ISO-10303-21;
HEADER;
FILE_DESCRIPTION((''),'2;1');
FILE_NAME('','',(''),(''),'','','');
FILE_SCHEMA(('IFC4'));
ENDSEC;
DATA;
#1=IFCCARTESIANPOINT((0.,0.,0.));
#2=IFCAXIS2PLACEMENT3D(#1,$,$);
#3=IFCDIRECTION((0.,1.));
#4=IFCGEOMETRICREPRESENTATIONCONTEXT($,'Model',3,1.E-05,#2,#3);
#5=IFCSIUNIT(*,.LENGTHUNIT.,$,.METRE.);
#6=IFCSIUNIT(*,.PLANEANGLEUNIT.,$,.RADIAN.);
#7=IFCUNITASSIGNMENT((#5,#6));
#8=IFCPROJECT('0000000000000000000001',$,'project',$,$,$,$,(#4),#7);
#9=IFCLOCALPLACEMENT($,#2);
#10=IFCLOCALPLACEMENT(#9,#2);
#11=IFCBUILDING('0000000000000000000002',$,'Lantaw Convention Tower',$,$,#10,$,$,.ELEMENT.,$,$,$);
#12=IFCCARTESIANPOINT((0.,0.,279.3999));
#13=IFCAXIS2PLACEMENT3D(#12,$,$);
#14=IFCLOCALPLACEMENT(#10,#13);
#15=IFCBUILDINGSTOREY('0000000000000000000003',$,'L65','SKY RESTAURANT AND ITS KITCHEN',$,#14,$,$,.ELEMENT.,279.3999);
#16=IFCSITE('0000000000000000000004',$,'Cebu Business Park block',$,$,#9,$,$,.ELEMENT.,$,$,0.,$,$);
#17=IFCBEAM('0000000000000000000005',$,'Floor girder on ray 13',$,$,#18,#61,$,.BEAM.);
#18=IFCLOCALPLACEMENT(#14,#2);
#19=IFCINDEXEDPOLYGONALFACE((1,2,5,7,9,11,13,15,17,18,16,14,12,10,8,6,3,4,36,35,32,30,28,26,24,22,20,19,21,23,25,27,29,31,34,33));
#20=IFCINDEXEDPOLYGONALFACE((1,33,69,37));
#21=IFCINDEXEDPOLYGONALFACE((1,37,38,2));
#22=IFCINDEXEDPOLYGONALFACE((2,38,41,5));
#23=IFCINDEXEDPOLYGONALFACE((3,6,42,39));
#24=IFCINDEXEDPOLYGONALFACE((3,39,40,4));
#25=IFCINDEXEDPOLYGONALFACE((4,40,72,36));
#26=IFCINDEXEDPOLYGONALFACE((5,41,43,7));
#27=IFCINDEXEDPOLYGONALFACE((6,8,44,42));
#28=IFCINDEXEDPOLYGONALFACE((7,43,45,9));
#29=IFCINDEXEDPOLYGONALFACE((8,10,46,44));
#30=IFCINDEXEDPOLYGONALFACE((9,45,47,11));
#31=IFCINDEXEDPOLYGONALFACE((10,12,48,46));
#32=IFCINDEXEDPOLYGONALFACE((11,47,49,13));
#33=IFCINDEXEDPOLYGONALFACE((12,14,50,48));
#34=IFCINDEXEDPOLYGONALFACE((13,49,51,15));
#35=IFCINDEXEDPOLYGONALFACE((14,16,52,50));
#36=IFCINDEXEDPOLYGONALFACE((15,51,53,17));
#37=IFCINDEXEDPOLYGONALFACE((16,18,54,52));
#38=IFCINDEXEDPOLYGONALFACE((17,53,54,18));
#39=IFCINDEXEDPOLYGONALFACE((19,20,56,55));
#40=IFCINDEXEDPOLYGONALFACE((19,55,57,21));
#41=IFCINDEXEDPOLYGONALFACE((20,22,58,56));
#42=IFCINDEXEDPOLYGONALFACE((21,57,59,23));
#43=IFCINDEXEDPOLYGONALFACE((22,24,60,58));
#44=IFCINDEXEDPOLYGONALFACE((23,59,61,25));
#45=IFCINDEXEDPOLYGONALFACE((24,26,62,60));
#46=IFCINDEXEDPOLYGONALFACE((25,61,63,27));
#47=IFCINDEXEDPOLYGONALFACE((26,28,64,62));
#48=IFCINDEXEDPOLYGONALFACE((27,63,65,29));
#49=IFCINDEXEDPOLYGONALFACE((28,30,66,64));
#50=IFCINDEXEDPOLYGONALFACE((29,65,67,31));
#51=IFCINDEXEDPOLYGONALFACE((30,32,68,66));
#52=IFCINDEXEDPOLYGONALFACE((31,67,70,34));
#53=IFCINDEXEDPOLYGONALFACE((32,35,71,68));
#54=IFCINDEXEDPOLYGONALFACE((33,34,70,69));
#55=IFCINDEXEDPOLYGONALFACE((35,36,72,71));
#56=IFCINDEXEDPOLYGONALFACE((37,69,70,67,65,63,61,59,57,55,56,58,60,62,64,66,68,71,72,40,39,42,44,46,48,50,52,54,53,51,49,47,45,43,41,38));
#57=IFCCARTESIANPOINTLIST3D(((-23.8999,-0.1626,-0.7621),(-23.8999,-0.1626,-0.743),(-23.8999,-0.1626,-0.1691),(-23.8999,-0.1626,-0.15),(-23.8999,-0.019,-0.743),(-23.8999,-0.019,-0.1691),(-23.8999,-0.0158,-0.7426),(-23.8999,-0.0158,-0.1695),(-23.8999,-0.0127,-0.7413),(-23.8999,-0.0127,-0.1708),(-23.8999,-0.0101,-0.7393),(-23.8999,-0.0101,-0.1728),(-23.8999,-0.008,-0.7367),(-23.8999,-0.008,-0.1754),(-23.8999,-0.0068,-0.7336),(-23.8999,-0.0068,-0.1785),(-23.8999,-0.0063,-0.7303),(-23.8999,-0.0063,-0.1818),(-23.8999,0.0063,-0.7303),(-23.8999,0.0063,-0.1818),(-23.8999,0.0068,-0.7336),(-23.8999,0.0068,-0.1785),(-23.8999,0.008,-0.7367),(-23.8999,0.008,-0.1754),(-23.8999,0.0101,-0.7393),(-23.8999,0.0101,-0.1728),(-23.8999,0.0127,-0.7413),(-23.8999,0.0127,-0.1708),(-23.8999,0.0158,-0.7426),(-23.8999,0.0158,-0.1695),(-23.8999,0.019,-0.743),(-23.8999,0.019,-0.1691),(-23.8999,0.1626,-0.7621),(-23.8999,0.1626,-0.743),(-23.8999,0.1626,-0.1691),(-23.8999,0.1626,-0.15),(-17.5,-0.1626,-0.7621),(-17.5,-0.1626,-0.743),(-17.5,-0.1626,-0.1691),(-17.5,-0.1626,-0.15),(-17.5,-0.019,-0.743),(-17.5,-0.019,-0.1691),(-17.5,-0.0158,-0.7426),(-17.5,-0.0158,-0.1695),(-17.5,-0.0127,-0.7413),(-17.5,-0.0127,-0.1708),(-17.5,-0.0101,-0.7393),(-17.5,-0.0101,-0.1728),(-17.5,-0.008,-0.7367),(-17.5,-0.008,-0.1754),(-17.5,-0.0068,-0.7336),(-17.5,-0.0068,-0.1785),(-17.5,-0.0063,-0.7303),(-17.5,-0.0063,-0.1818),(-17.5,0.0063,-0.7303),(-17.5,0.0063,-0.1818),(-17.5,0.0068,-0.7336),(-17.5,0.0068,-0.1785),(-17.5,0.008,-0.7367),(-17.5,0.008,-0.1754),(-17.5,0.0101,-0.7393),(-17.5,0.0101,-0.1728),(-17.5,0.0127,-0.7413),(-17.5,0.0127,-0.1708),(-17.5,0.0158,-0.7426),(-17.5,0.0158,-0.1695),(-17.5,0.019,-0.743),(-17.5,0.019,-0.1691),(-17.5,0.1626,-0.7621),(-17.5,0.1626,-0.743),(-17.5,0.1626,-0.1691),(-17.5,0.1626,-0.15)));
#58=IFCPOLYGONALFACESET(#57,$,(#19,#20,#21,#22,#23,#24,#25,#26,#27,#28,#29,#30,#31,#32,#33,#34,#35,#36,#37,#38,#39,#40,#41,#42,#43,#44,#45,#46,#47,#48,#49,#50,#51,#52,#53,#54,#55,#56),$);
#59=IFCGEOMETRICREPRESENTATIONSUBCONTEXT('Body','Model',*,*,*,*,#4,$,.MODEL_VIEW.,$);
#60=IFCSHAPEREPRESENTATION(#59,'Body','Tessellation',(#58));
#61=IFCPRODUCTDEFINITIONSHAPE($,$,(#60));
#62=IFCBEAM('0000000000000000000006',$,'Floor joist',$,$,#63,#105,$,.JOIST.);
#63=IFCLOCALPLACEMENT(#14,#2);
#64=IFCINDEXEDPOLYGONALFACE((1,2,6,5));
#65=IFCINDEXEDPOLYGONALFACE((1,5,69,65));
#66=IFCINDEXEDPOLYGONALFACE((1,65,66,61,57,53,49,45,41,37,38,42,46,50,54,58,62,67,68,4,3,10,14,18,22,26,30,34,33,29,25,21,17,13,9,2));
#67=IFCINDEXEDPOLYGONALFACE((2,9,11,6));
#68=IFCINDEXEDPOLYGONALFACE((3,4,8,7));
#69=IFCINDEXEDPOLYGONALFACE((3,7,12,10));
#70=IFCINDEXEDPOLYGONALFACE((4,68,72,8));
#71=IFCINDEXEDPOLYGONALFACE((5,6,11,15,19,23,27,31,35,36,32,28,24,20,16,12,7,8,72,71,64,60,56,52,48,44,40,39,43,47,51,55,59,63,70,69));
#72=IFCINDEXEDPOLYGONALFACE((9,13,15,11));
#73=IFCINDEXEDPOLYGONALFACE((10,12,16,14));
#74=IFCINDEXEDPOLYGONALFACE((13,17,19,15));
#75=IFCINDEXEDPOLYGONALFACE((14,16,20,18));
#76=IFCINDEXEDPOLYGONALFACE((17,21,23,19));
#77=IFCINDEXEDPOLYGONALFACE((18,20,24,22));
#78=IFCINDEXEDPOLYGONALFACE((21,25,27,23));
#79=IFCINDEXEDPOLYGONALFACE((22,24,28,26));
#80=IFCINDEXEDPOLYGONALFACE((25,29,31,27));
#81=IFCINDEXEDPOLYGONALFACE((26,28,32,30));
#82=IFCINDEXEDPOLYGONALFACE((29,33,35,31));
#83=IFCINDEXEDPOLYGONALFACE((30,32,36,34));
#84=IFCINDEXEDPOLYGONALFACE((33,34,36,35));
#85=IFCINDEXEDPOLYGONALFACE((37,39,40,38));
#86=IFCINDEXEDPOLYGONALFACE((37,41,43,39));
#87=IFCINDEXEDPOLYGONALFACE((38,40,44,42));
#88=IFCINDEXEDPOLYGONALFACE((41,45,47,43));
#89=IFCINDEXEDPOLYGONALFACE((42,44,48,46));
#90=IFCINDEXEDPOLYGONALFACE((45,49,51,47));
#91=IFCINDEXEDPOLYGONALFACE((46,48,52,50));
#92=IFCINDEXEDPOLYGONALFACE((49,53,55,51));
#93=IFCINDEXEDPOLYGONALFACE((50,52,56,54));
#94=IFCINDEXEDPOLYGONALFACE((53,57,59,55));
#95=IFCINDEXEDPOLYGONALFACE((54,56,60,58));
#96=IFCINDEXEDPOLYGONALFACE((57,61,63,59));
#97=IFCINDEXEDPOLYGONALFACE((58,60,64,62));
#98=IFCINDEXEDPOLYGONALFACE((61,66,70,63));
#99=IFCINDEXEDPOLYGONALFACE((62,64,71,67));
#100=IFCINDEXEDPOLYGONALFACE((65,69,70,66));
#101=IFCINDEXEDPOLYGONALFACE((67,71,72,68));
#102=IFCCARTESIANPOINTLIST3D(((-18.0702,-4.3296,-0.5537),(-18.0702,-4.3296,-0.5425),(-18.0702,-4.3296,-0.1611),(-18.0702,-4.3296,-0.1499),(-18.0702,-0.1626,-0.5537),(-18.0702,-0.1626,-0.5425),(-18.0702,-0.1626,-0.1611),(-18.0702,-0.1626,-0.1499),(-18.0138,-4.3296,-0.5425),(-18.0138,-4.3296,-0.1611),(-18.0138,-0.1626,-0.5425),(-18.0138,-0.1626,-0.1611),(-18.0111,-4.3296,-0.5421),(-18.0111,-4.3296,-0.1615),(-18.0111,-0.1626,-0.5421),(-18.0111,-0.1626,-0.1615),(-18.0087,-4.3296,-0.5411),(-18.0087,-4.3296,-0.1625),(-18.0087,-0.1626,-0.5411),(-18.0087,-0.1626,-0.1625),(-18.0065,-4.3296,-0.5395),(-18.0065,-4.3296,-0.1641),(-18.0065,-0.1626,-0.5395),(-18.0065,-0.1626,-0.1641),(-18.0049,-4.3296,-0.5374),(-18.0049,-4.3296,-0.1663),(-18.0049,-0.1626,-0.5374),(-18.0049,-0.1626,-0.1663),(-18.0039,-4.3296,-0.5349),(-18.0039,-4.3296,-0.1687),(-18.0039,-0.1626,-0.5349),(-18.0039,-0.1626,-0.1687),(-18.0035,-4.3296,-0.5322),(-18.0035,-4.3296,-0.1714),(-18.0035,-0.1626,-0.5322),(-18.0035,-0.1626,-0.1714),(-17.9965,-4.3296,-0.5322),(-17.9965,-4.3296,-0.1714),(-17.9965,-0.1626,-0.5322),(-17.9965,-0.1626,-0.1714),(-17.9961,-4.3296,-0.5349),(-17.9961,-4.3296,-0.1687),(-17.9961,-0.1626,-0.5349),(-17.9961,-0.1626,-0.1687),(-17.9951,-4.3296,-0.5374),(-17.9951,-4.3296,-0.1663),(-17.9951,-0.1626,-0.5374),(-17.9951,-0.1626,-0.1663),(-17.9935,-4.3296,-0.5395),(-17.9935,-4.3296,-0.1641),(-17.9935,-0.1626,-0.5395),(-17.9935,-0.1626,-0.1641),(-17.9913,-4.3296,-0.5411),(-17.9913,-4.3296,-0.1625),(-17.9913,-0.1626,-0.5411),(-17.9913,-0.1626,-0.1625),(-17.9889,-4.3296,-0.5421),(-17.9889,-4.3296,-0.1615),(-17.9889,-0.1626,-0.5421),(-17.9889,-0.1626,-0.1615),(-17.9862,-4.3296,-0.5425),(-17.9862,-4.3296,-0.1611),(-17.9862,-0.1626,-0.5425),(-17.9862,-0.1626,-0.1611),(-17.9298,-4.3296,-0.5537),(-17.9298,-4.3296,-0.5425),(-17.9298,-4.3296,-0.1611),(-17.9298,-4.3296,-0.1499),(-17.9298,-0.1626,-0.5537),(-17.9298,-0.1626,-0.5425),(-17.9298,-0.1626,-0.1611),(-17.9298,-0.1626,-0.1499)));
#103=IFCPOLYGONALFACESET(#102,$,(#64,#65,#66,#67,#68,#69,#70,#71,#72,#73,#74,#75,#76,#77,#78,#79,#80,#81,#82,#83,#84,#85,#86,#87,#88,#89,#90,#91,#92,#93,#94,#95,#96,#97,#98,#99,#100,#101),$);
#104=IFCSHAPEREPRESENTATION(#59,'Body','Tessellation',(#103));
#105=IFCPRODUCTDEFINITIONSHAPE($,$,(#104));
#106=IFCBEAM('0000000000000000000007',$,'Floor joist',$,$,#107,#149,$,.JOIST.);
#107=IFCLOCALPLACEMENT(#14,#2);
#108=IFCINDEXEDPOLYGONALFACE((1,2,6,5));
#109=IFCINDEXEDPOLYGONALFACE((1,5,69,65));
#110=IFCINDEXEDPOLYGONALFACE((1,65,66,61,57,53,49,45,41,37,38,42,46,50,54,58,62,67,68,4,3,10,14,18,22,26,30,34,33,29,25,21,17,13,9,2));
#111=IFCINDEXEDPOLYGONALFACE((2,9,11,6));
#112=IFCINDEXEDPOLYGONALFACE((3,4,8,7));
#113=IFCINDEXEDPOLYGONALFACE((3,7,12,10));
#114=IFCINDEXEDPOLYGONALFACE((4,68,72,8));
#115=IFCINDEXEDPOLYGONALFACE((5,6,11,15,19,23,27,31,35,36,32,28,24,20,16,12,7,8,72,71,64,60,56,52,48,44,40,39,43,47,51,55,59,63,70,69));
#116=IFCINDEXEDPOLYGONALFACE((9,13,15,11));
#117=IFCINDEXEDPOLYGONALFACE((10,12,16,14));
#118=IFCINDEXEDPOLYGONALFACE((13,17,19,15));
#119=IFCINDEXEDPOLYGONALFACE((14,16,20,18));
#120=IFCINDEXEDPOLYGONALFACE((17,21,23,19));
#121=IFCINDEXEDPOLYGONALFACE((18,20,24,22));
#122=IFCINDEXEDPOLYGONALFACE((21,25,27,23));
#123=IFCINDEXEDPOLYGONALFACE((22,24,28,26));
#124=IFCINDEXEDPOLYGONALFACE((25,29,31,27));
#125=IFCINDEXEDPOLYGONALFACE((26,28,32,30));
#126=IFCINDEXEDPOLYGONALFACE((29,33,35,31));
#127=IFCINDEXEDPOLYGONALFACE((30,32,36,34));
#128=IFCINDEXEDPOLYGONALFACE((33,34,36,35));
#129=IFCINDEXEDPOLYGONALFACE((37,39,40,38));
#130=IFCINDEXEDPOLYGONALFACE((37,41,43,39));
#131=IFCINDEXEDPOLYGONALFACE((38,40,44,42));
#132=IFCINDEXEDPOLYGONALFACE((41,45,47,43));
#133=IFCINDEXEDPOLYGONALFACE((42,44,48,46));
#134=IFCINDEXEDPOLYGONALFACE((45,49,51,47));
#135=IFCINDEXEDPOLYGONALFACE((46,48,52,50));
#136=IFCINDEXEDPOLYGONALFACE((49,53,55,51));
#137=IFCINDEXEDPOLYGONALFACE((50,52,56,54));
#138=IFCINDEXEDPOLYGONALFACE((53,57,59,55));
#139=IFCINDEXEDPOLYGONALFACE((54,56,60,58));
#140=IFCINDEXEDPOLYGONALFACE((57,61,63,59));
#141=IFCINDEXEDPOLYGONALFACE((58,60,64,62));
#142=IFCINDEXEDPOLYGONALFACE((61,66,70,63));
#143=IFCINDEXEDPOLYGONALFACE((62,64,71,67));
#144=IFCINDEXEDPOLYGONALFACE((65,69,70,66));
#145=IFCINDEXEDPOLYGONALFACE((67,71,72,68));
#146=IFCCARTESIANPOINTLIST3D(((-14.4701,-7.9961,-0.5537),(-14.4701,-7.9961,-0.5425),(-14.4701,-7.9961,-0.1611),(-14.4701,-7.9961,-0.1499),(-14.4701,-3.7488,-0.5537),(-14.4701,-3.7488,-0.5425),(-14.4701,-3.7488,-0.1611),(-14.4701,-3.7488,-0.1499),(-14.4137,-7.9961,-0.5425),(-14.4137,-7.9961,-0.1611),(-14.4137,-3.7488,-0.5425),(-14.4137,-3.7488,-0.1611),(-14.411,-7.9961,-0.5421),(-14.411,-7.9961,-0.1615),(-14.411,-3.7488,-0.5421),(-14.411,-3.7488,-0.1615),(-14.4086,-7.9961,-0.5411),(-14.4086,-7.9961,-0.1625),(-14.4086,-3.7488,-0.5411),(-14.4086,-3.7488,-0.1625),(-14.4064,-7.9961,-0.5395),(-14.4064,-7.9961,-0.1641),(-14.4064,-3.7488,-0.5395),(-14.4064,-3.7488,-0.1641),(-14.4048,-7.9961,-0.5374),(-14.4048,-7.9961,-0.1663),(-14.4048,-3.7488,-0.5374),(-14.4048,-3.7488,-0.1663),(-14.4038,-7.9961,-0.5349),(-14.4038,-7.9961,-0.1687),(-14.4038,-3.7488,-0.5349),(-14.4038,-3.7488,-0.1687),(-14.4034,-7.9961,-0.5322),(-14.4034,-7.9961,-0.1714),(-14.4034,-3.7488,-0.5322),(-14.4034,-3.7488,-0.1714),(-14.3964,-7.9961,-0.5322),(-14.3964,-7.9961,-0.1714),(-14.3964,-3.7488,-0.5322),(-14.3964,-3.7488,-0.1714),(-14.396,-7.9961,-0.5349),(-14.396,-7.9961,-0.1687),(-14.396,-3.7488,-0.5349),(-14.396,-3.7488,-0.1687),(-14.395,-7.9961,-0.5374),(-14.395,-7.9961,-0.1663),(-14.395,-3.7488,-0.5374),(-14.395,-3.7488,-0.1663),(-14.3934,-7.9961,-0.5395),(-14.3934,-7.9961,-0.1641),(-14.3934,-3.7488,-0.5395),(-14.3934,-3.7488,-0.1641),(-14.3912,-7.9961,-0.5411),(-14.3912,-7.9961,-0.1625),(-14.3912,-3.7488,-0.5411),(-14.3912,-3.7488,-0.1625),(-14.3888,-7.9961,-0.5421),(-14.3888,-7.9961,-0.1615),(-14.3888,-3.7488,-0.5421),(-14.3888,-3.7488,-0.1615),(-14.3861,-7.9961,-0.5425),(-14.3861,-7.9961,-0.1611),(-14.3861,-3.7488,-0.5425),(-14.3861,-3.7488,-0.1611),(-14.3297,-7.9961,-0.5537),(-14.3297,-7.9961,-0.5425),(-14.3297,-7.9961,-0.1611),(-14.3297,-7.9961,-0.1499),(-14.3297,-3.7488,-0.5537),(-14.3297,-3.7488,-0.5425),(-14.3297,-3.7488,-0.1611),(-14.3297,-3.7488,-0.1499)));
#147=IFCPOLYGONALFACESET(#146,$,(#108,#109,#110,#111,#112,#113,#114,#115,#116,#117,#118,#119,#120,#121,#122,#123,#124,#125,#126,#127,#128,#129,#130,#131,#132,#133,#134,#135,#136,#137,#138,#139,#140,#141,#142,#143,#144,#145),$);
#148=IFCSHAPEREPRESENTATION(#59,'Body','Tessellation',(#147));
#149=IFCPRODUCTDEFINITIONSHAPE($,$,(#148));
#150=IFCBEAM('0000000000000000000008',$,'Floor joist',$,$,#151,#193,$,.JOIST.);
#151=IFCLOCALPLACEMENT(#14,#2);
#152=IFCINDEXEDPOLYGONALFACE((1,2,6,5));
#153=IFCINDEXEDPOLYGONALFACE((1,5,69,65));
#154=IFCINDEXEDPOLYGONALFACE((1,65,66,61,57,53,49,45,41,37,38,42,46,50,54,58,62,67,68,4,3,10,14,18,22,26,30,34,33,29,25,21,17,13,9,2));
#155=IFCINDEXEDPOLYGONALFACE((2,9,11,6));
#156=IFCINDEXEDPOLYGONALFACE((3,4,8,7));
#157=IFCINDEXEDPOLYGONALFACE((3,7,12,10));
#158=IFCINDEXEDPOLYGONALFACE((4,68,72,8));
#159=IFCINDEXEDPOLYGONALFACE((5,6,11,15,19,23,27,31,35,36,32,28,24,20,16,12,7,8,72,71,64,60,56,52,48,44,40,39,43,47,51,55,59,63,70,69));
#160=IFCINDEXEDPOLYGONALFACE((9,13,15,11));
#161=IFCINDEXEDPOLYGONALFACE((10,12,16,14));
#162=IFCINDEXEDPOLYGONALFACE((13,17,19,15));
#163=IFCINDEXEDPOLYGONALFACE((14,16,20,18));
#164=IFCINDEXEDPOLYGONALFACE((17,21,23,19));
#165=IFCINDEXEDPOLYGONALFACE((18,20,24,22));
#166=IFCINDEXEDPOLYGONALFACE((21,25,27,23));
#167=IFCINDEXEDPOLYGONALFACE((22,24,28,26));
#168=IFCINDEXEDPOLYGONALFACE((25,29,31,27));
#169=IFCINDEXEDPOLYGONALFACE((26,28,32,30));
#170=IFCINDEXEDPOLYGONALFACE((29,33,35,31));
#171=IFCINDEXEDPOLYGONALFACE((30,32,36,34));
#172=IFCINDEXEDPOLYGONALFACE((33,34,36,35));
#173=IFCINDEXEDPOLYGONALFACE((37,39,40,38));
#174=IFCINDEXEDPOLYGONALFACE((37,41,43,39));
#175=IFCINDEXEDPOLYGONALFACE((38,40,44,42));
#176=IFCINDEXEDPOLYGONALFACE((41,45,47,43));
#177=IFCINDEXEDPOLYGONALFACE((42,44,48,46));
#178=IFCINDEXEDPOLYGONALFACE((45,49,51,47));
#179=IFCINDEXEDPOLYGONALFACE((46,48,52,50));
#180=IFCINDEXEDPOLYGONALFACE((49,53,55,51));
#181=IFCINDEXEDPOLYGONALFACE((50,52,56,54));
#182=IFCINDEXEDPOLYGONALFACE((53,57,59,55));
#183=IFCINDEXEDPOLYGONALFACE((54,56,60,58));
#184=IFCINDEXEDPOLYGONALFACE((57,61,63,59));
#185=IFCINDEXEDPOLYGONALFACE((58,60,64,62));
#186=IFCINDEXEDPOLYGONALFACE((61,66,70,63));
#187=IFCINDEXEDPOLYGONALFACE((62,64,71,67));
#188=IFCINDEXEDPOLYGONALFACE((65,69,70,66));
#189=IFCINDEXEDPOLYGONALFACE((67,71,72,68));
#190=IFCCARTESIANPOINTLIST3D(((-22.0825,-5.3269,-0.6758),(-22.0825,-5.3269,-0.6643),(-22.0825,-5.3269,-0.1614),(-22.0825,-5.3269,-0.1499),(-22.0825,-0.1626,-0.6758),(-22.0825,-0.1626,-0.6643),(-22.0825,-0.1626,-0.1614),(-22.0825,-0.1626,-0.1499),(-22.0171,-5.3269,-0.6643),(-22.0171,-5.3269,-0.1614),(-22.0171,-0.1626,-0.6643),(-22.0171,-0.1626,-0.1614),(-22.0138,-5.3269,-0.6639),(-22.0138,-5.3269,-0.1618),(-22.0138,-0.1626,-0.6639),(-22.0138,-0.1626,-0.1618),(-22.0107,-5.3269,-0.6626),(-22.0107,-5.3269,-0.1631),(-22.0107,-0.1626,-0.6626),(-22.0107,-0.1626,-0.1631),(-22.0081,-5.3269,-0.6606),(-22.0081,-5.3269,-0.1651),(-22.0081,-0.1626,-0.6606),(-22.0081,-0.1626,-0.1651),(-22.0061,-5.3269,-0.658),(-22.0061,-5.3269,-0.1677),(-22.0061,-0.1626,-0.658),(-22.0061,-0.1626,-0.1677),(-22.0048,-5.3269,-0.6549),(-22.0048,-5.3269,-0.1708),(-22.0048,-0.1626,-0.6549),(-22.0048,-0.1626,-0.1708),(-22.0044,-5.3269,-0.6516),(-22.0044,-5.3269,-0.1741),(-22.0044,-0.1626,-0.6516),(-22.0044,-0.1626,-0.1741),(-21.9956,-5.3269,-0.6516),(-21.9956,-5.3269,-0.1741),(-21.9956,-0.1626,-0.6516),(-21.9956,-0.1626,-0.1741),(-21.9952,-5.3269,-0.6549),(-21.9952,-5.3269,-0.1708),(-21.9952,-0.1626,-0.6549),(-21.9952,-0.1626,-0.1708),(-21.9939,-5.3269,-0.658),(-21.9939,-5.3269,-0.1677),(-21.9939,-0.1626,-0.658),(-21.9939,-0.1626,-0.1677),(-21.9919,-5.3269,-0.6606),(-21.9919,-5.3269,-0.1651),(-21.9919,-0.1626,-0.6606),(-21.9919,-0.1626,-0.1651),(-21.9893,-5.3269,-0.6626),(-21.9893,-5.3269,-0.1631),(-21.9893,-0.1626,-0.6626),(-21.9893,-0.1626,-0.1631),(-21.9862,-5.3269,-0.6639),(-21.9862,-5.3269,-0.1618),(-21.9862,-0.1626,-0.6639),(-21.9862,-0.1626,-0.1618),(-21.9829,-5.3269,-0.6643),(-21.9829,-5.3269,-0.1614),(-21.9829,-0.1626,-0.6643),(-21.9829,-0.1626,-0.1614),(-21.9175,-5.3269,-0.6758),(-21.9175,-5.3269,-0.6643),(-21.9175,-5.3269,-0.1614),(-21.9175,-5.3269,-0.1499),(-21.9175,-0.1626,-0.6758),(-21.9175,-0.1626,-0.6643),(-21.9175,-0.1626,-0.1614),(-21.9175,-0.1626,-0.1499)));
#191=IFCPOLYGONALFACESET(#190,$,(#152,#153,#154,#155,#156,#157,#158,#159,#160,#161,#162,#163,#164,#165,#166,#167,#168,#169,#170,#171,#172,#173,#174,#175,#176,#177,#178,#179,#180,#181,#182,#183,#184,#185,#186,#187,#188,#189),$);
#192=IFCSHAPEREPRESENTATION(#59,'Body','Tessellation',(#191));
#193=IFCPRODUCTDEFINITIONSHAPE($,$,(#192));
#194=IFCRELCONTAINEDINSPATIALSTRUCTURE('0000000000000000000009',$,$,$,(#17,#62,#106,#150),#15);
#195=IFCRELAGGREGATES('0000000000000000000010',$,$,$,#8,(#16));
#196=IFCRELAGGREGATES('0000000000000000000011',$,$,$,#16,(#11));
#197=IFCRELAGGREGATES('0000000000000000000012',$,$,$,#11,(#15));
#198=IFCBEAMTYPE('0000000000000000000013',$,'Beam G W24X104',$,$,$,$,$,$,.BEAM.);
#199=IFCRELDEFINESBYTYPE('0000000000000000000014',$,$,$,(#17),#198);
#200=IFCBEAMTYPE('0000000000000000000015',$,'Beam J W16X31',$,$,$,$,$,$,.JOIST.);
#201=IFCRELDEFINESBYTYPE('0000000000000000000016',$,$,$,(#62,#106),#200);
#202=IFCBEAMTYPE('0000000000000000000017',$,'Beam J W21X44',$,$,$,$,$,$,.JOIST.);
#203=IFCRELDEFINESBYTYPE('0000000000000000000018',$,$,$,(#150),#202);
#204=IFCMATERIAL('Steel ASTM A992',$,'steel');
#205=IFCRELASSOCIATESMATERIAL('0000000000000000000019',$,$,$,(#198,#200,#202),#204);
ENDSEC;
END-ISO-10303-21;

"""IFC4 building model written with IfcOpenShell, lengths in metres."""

from ifc_helpers import new_model, si_unit, direction, frame, origin, origin_2d, place, context, subcontext, project, spatial, i_section, extrude, material, material_profile, profile_set, type_object, element, save


model = new_model("IFC4")

# Units and contexts
model_context = context("Model", 3, precision=1e-05, world=origin(), true_north=direction((0.0, 1.0)))
body_context = subcontext(model_context, "Body", "Model", "MODEL_VIEW")
ifc_project = project(units=[si_unit("LENGTHUNIT", "METRE"), si_unit("PLANEANGLEUNIT", "RADIAN")], contexts=[model_context])

# Site, building, storey
site_placement = place(None, origin())
site = spatial("IfcSite", under=ifc_project, at=site_placement, Name="Cebu Business Park block", CompositionType="ELEMENT", RefElevation=0.0)
building_placement = place(site_placement, origin())
building = spatial("IfcBuilding", under=site, at=building_placement, Name="Lantaw Convention Tower", CompositionType="ELEMENT")
storey_placement = place(building_placement, frame((0.0, 0.0, 279.3999)))
storey = spatial("IfcBuildingStorey", under=building, at=storey_placement, Name="L65", Description="SKY RESTAURANT AND ITS KITCHEN", CompositionType="ELEMENT", Elevation=279.3999)

# Beams
ifc_material_1 = material(Name="Steel ASTM A992", Category="steel")
ifc_material_profile_1 = material_profile(ifc_material_1, i_section(OverallWidth=0.3252, OverallDepth=0.6121, WebThickness=0.0127, FlangeThickness=0.019, FilletRadius=0.0127, at=origin_2d()), Name="W24X104")
ifc_profile_set_1 = profile_set([ifc_material_profile_1], Name="Steel ASTM A992")
beam_type_1 = type_object("IfcBeamType", Name="Beam G W24X104", PredefinedType="BEAM", material=ifc_profile_set_1)
beam_1_placement = place(storey_placement, frame((-17.5, 0.0, -0.4561), z_axis=(-1.0, 0.0, 0.0), x_axis=(0.0, -1.0, 0.0)))
element("IfcBeam", 1, at=beam_1_placement, inside=storey, type_object=beam_type_1, Name="Floor girder on ray 13", PredefinedType="BEAM", context=body_context, shape_type="SweptSolid", body=[
    extrude(i_section(OverallWidth=0.3252, OverallDepth=0.6121, WebThickness=0.0127, FlangeThickness=0.019, FilletRadius=0.0127, at=origin_2d()), origin(), (0.0, 0.0, 1.0), 6.3999),
])
ifc_material_profile_2 = material_profile(ifc_material_1, i_section(OverallWidth=0.1404, OverallDepth=0.4038, WebThickness=0.0071, FlangeThickness=0.0112, FilletRadius=0.0103, at=origin_2d()), Name="W16X31")
ifc_profile_set_2 = profile_set([ifc_material_profile_2], Name="Steel ASTM A992")
beam_type_2 = type_object("IfcBeamType", Name="Beam J W16X31", PredefinedType="JOIST", material=ifc_profile_set_2)
beam_2_placement = place(storey_placement, frame((-18.0, -4.3296, -0.3518), z_axis=(0.0, 1.0, 0.0), x_axis=(-1.0, 0.0, 0.0)))
element("IfcBeam", 2, at=beam_2_placement, inside=storey, type_object=beam_type_2, Name="Floor joist", PredefinedType="JOIST", context=body_context, shape_type="SweptSolid", body=[
    extrude(i_section(OverallWidth=0.1404, OverallDepth=0.4038, WebThickness=0.0071, FlangeThickness=0.0112, FilletRadius=0.0103, at=origin_2d()), origin(), (0.0, 0.0, 1.0), 4.167),
])
beam_3_placement = place(storey_placement, frame((-14.3999, -7.9961, -0.3518), z_axis=(0.0, 1.0, 0.0), x_axis=(-1.0, 0.0, 0.0)))
element("IfcBeam", 3, at=beam_3_placement, inside=storey, type_object=beam_type_2, Name="Floor joist", PredefinedType="JOIST", context=body_context, shape_type="SweptSolid", body=[
    extrude(i_section(OverallWidth=0.1404, OverallDepth=0.4038, WebThickness=0.0071, FlangeThickness=0.0112, FilletRadius=0.0103, at=origin_2d()), origin(), (0.0, 0.0, 1.0), 4.2473),
])
ifc_material_profile_3 = material_profile(ifc_material_1, i_section(OverallWidth=0.165, OverallDepth=0.5259, WebThickness=0.0088, FlangeThickness=0.0115, FilletRadius=0.0127, at=origin_2d()), Name="W21X44")
ifc_profile_set_3 = profile_set([ifc_material_profile_3], Name="Steel ASTM A992")
beam_type_3 = type_object("IfcBeamType", Name="Beam J W21X44", PredefinedType="JOIST", material=ifc_profile_set_3)
beam_4_placement = place(storey_placement, frame((-22.0, -5.3269, -0.4128), z_axis=(0.0, 1.0, 0.0), x_axis=(-1.0, 0.0, 0.0)))
element("IfcBeam", 4, at=beam_4_placement, inside=storey, type_object=beam_type_3, Name="Floor joist", PredefinedType="JOIST", context=body_context, shape_type="SweptSolid", body=[
    extrude(i_section(OverallWidth=0.165, OverallDepth=0.5259, WebThickness=0.0088, FlangeThickness=0.0115, FilletRadius=0.0127, at=origin_2d()), origin(), (0.0, 0.0, 1.0), 5.1643),
])

save(model, "model.ifc")
